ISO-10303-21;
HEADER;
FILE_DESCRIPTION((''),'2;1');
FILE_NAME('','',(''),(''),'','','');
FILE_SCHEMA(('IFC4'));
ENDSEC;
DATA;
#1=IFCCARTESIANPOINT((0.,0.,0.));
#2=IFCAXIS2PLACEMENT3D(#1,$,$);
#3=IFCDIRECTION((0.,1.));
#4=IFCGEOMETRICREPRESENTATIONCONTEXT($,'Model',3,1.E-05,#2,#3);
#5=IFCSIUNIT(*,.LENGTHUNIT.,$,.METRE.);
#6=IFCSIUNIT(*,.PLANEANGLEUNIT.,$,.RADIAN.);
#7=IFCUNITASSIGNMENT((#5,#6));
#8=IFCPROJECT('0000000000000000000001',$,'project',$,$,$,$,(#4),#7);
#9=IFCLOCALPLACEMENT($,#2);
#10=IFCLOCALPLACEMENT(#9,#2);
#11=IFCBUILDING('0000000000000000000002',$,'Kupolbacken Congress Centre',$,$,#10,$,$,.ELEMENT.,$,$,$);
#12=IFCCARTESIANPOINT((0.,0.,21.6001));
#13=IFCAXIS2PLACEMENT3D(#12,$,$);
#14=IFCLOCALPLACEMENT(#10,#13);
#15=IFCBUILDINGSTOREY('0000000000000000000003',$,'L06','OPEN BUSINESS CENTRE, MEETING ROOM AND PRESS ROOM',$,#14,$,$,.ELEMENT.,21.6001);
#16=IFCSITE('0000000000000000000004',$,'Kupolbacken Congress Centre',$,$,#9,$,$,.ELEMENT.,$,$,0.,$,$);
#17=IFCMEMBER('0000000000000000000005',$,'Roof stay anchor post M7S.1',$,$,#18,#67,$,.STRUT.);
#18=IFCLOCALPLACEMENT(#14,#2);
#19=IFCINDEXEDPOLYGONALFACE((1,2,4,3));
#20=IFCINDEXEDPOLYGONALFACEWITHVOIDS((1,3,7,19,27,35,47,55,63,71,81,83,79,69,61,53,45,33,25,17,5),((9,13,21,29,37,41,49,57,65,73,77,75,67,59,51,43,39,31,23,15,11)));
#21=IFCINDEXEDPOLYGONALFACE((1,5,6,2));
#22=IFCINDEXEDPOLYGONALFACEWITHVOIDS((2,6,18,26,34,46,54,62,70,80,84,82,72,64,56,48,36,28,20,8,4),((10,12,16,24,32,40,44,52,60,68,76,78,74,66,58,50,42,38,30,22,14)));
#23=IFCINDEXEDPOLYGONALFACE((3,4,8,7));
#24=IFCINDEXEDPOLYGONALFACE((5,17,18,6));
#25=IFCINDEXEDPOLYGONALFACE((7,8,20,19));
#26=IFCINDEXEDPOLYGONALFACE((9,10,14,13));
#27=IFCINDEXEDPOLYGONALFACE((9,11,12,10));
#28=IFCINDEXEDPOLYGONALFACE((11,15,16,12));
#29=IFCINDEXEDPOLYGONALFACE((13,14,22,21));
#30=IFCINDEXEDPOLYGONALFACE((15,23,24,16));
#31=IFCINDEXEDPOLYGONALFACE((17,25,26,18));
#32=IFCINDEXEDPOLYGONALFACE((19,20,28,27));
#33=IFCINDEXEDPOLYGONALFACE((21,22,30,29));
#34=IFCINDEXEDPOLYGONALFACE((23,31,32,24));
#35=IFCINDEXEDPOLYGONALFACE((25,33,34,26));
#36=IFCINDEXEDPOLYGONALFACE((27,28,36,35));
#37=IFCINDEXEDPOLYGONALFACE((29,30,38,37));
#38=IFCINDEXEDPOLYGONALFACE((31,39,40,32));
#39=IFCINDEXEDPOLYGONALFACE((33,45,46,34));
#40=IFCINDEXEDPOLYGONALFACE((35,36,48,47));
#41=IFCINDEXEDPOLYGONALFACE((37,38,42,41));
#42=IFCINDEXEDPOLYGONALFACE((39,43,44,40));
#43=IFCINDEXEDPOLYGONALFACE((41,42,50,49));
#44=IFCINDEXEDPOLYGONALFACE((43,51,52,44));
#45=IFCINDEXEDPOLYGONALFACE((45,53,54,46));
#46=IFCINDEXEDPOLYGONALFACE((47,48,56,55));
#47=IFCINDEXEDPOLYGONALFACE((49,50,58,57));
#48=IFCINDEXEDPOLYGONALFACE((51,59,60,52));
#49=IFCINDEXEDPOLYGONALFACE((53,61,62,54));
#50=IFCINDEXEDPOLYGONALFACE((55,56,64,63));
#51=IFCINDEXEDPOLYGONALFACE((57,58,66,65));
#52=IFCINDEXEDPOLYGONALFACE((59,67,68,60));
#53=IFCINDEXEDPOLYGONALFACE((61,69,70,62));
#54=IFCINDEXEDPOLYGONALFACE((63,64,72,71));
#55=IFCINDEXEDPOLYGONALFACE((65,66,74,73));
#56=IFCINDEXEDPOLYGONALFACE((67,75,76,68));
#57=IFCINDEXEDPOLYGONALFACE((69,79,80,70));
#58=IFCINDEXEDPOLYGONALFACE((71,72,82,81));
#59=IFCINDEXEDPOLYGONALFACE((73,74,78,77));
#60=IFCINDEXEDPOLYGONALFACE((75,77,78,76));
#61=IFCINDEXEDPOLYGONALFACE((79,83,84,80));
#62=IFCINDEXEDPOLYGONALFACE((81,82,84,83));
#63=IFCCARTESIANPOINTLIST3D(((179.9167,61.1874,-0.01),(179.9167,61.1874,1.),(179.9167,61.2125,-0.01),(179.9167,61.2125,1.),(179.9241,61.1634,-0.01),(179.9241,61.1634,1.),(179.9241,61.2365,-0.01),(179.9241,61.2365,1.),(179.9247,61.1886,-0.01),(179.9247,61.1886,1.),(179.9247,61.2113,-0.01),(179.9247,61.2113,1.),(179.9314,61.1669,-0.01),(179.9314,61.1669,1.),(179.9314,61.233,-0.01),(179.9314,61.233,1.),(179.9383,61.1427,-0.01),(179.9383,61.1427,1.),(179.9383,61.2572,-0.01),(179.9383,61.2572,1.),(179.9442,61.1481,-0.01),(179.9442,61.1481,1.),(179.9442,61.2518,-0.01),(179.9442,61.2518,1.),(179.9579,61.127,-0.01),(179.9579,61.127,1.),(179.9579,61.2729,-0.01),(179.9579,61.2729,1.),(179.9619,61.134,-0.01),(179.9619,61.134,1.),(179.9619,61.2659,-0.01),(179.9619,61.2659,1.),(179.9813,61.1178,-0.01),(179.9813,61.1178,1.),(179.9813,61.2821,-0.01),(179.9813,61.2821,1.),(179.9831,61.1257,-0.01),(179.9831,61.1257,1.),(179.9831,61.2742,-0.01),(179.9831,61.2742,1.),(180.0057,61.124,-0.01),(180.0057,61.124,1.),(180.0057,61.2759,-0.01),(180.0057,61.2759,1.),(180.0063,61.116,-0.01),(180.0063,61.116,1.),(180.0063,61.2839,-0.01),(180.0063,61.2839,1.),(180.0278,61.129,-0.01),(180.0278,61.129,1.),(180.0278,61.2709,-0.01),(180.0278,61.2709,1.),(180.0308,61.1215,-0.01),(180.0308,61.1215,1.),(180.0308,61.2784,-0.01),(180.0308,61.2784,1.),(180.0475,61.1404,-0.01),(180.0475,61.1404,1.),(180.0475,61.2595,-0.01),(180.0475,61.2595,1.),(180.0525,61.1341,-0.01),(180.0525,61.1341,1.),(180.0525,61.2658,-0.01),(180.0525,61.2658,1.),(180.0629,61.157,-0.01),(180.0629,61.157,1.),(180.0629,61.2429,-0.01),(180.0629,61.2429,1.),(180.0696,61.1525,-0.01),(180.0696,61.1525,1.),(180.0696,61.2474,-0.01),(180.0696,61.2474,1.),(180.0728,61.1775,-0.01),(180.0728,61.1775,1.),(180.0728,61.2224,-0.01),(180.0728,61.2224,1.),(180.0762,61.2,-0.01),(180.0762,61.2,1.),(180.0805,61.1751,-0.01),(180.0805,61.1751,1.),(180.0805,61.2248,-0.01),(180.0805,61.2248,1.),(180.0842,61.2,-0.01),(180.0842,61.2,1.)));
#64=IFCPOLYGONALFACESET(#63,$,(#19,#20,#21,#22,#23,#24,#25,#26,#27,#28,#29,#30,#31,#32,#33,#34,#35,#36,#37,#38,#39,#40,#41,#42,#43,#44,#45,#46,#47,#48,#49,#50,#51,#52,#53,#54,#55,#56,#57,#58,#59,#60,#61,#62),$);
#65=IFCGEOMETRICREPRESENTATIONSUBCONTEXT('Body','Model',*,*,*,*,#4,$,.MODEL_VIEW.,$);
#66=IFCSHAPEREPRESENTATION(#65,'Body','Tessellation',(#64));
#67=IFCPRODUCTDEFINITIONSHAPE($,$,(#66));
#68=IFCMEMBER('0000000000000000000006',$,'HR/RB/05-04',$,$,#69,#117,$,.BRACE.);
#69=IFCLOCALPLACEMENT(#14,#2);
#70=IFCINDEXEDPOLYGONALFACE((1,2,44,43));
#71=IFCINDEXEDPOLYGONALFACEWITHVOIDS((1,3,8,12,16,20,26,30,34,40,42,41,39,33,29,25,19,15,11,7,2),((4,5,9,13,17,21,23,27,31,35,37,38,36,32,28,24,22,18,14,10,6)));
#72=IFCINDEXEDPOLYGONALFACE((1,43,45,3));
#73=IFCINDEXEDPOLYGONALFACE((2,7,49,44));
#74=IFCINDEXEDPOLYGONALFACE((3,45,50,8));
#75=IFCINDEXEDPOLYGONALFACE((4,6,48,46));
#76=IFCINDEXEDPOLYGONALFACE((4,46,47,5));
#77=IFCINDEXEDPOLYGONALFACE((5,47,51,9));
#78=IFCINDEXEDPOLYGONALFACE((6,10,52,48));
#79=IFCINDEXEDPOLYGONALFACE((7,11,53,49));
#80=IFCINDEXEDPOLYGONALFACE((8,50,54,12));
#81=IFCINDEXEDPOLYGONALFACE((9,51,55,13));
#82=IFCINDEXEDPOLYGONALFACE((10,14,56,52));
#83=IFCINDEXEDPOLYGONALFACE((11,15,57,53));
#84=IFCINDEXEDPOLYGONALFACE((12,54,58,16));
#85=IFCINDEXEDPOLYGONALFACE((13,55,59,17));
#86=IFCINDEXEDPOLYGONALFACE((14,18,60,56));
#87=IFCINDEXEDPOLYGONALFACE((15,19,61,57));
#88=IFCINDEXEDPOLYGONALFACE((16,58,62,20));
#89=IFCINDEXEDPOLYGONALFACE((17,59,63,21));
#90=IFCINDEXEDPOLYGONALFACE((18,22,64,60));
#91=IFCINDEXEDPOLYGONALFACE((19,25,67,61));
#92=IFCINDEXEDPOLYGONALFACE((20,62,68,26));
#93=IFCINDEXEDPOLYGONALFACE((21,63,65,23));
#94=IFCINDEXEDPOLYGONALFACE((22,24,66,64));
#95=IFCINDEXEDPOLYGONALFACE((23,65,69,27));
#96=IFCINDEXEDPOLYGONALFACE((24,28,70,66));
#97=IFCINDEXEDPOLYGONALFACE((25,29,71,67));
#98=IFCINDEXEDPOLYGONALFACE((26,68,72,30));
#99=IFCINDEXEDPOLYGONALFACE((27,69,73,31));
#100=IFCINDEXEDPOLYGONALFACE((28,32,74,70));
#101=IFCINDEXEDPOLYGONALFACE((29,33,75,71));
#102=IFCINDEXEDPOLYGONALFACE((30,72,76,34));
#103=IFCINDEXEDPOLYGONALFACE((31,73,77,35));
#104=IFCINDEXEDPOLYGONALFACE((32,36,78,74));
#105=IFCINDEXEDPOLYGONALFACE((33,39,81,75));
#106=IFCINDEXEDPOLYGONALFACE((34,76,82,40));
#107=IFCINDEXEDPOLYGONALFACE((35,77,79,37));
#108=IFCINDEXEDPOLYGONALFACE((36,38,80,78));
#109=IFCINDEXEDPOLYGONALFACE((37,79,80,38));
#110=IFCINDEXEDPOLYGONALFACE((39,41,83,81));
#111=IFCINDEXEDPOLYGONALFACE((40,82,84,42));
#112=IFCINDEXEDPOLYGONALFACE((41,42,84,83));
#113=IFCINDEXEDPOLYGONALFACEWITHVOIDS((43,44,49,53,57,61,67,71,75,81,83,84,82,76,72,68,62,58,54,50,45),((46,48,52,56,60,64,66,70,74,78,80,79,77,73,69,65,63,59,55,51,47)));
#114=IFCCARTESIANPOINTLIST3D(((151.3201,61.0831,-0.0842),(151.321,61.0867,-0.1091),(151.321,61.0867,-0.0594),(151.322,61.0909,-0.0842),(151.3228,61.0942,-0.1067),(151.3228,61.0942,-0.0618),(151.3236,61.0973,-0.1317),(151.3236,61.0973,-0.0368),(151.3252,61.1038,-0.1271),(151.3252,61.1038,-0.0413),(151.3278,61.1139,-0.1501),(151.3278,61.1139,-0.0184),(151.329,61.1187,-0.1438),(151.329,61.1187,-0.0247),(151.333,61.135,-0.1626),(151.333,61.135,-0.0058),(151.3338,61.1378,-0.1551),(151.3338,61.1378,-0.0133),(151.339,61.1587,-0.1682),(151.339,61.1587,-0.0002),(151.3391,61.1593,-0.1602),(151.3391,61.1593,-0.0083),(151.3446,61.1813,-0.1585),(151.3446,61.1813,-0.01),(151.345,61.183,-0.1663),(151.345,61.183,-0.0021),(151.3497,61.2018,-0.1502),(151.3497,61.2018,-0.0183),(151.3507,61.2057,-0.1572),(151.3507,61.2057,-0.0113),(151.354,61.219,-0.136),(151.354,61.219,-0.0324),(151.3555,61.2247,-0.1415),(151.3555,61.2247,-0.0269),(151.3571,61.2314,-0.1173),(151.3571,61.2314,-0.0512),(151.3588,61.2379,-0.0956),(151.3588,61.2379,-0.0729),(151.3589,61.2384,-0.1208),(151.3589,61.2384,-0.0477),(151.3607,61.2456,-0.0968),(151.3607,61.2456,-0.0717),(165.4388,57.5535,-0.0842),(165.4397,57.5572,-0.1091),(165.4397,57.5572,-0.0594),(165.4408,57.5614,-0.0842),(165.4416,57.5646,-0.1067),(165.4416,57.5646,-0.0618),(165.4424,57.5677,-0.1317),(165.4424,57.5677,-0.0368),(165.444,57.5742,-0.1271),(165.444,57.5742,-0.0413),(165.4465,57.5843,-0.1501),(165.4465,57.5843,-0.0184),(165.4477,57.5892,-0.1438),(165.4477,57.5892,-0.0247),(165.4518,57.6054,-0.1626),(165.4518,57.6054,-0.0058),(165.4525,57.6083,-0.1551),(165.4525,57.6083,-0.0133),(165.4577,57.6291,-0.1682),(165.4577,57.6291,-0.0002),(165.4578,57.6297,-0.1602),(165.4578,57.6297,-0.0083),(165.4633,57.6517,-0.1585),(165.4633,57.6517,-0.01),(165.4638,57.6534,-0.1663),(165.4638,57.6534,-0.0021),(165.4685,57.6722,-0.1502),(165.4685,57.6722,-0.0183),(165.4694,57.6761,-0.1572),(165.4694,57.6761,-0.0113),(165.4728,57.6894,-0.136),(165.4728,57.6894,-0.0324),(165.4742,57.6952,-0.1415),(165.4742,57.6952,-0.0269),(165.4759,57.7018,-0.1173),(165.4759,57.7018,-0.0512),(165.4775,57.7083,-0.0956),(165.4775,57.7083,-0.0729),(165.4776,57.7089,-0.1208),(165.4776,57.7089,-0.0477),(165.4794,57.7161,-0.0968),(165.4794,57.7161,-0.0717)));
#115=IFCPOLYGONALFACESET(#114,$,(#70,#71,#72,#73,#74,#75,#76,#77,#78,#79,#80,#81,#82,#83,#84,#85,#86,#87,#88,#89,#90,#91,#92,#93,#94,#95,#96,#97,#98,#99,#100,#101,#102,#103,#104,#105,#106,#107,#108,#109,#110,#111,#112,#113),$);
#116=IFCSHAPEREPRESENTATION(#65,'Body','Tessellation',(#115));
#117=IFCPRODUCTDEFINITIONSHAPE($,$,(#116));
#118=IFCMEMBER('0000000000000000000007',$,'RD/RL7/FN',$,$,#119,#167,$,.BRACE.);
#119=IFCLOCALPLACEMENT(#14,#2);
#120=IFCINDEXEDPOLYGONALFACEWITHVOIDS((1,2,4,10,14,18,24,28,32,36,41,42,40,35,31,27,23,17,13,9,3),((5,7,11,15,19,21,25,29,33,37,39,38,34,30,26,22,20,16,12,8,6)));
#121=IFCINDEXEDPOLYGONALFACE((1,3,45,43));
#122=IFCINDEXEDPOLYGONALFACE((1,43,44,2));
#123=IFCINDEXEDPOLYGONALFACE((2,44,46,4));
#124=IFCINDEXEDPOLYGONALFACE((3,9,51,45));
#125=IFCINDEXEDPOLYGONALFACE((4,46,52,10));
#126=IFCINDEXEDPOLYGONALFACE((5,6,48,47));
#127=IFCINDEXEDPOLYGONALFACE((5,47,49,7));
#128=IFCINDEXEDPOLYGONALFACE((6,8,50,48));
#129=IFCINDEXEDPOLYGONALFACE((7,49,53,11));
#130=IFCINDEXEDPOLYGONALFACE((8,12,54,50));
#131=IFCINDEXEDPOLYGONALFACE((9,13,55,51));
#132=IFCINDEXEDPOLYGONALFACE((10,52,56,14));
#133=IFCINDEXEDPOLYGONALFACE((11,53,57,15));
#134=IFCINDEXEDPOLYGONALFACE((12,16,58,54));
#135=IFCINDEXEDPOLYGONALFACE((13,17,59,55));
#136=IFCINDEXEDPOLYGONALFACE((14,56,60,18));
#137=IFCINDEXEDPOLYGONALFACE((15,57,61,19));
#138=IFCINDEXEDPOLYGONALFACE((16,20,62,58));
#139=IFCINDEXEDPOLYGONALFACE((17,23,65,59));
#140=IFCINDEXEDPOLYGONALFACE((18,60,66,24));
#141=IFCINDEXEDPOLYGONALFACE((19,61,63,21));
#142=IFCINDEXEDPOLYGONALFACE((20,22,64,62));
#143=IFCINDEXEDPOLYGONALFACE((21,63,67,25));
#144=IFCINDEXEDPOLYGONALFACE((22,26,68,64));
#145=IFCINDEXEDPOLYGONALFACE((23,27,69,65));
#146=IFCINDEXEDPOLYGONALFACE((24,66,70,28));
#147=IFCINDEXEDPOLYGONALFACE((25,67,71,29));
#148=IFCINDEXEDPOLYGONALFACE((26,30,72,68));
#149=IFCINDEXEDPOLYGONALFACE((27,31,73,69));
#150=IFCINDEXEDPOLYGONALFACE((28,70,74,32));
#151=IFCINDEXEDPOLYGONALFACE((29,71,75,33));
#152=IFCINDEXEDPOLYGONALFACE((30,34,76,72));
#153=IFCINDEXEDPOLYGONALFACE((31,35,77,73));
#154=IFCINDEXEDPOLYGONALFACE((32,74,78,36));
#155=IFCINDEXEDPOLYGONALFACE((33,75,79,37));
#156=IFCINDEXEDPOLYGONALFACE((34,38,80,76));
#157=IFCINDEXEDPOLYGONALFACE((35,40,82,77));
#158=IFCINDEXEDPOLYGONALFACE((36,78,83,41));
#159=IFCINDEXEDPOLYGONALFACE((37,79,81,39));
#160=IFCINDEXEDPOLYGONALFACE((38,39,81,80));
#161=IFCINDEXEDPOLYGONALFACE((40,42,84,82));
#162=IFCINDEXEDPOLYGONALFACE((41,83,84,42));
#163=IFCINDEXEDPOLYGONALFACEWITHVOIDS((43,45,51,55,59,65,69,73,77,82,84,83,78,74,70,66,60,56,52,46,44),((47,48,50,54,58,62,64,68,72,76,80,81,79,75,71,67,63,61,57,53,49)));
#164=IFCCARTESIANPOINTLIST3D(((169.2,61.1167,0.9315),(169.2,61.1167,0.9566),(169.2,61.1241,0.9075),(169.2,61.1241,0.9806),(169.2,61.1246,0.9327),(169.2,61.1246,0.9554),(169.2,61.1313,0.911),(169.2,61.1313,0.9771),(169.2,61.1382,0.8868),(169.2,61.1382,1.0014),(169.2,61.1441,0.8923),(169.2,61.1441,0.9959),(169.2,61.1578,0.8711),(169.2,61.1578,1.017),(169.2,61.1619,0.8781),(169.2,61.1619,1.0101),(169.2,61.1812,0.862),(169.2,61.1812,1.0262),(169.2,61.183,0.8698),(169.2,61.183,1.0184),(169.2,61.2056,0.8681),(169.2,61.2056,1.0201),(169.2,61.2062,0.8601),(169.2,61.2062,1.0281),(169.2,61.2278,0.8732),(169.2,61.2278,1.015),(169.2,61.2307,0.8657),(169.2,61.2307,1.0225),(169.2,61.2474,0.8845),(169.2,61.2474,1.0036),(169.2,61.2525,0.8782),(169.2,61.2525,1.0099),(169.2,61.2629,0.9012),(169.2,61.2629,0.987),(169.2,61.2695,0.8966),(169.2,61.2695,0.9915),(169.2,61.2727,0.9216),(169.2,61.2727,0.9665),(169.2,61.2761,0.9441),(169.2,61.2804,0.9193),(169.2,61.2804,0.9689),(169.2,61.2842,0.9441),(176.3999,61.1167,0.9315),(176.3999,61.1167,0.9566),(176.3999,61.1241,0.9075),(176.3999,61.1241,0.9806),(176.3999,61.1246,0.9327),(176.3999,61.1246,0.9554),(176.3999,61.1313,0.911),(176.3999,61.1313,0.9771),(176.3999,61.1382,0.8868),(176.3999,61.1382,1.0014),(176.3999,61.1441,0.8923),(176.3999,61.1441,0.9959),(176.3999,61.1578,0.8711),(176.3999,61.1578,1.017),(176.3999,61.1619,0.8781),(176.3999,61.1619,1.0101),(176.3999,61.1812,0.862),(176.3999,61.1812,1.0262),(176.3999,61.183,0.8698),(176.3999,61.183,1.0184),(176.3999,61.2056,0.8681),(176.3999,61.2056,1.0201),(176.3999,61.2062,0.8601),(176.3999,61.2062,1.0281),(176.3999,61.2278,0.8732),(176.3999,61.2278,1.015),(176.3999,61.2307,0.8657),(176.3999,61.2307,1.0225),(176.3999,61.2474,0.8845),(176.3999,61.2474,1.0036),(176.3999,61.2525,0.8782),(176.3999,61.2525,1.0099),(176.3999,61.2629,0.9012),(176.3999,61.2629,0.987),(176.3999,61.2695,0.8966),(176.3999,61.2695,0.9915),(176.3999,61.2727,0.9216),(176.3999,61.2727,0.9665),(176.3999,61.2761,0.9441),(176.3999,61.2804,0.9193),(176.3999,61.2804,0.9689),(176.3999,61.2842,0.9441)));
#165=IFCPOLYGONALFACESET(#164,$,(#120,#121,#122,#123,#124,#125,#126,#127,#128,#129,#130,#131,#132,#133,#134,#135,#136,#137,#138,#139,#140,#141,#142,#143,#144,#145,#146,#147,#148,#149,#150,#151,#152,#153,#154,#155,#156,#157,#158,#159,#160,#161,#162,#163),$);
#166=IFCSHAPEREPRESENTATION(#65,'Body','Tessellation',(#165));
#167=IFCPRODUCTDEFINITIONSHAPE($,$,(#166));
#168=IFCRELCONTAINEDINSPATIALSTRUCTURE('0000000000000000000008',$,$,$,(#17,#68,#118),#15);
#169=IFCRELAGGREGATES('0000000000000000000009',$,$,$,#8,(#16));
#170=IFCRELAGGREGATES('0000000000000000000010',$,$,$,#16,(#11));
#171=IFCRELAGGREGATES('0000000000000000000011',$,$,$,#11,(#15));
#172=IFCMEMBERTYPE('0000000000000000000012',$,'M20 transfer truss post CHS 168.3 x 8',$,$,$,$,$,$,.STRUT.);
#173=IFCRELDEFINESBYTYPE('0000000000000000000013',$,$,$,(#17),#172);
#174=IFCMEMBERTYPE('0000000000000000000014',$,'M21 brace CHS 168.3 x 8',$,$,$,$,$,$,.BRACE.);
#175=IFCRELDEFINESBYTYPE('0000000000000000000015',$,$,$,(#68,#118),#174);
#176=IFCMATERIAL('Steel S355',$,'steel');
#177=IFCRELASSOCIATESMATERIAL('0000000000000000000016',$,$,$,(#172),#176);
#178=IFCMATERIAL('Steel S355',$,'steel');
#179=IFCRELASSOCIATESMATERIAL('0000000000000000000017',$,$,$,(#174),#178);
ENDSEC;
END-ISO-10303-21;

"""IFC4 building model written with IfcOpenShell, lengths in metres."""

from ifc_helpers import new_model, si_unit, direction, frame, origin, origin_2d, place, context, subcontext, project, spatial, hollow_circle, extrude, material, material_profile, profile_set, type_object, element, save


model = new_model("IFC4")

# Units and contexts
model_context = context("Model", 3, precision=1e-05, world=origin(), true_north=direction((0.0, 1.0)))
body_context = subcontext(model_context, "Body", "Model", "MODEL_VIEW")
ifc_project = project(units=[si_unit("LENGTHUNIT", "METRE"), si_unit("PLANEANGLEUNIT", "RADIAN")], contexts=[model_context])

# Site, building, storey
site_placement = place(None, origin())
site = spatial("IfcSite", under=ifc_project, at=site_placement, Name="Kupolbacken Congress Centre", CompositionType="ELEMENT", RefElevation=0.0)
building_placement = place(site_placement, origin())
building = spatial("IfcBuilding", under=site, at=building_placement, Name="Kupolbacken Congress Centre", CompositionType="ELEMENT")
storey_placement = place(building_placement, frame((0.0, 0.0, 21.6001)))
storey = spatial("IfcBuildingStorey", under=building, at=storey_placement, Name="L06", Description="OPEN BUSINESS CENTRE, MEETING ROOM AND PRESS ROOM", CompositionType="ELEMENT", Elevation=21.6001)

# Members
ifc_material_1 = material(Name="Steel S355", Category="steel")
ifc_material_profile_1 = material_profile(ifc_material_1, hollow_circle(Radius=0.0842, WallThickness=0.0081, at=origin_2d()), Name="CHS 168.3 x 8")
ifc_profile_set_1 = profile_set([ifc_material_profile_1], Name="Steel S355")
member_type_1 = type_object("IfcMemberType", Name="M20 transfer truss post CHS 168.3 x 8", PredefinedType="STRUT", material=ifc_profile_set_1)
for number, where, z_axis, x_axis, name in (
    (1, (180.0, 61.2, -0.01), (0.0, 0.0, 1.0), (1.0, 0.0, 0.0), "Roof stay anchor post M7S.1"),
):
    element("IfcMember", number, at=place(storey_placement, frame(where, z_axis=z_axis, x_axis=x_axis)), inside=storey, type_object=member_type_1, Name=name, PredefinedType="STRUT", context=body_context, shape_type="SweptSolid", body=[
        extrude(hollow_circle(Radius=0.0842, WallThickness=0.0081, at=origin_2d()), origin(), (0.0, 0.0, 1.0), 1.01),
    ])
ifc_material_2 = material(Name="Steel S355", Category="steel")
ifc_material_profile_2 = material_profile(ifc_material_2, hollow_circle(Radius=0.0842, WallThickness=0.0081, at=origin_2d()), Name="CHS 168.3 x 8")
ifc_profile_set_2 = profile_set([ifc_material_profile_2], Name="Steel S355")
member_type_2 = type_object("IfcMemberType", Name="M21 brace CHS 168.3 x 8", PredefinedType="BRACE", material=ifc_profile_set_2)
member_1_placement = place(storey_placement, frame((165.4592, 57.6353, -0.0842), z_axis=(-0.970144, 0.242528, 0.0), x_axis=(-0.242528, -0.970144, 0.0)))
element("IfcMember", 2, at=member_1_placement, inside=storey, type_object=member_type_2, Name="HR/RB/05-04", PredefinedType="BRACE", context=body_context, shape_type="SweptSolid", body=[
    extrude(hollow_circle(Radius=0.0842, WallThickness=0.0081, at=origin_2d()), origin(), (0.0, 0.0, 1.0), 14.5532),
])
member_2_placement = place(storey_placement, frame((169.2, 61.2, 0.9441), z_axis=(1.0, 0.0, 0.0), x_axis=(0.0, 1.0, 0.0)))
element("IfcMember", 3, at=member_2_placement, inside=storey, type_object=member_type_2, Name="RD/RL7/FN", PredefinedType="BRACE", context=body_context, shape_type="SweptSolid", body=[
    extrude(hollow_circle(Radius=0.0842, WallThickness=0.0081, at=origin_2d()), origin(), (0.0, 0.0, 1.0), 7.2),
])

save(model, "model.ifc")
